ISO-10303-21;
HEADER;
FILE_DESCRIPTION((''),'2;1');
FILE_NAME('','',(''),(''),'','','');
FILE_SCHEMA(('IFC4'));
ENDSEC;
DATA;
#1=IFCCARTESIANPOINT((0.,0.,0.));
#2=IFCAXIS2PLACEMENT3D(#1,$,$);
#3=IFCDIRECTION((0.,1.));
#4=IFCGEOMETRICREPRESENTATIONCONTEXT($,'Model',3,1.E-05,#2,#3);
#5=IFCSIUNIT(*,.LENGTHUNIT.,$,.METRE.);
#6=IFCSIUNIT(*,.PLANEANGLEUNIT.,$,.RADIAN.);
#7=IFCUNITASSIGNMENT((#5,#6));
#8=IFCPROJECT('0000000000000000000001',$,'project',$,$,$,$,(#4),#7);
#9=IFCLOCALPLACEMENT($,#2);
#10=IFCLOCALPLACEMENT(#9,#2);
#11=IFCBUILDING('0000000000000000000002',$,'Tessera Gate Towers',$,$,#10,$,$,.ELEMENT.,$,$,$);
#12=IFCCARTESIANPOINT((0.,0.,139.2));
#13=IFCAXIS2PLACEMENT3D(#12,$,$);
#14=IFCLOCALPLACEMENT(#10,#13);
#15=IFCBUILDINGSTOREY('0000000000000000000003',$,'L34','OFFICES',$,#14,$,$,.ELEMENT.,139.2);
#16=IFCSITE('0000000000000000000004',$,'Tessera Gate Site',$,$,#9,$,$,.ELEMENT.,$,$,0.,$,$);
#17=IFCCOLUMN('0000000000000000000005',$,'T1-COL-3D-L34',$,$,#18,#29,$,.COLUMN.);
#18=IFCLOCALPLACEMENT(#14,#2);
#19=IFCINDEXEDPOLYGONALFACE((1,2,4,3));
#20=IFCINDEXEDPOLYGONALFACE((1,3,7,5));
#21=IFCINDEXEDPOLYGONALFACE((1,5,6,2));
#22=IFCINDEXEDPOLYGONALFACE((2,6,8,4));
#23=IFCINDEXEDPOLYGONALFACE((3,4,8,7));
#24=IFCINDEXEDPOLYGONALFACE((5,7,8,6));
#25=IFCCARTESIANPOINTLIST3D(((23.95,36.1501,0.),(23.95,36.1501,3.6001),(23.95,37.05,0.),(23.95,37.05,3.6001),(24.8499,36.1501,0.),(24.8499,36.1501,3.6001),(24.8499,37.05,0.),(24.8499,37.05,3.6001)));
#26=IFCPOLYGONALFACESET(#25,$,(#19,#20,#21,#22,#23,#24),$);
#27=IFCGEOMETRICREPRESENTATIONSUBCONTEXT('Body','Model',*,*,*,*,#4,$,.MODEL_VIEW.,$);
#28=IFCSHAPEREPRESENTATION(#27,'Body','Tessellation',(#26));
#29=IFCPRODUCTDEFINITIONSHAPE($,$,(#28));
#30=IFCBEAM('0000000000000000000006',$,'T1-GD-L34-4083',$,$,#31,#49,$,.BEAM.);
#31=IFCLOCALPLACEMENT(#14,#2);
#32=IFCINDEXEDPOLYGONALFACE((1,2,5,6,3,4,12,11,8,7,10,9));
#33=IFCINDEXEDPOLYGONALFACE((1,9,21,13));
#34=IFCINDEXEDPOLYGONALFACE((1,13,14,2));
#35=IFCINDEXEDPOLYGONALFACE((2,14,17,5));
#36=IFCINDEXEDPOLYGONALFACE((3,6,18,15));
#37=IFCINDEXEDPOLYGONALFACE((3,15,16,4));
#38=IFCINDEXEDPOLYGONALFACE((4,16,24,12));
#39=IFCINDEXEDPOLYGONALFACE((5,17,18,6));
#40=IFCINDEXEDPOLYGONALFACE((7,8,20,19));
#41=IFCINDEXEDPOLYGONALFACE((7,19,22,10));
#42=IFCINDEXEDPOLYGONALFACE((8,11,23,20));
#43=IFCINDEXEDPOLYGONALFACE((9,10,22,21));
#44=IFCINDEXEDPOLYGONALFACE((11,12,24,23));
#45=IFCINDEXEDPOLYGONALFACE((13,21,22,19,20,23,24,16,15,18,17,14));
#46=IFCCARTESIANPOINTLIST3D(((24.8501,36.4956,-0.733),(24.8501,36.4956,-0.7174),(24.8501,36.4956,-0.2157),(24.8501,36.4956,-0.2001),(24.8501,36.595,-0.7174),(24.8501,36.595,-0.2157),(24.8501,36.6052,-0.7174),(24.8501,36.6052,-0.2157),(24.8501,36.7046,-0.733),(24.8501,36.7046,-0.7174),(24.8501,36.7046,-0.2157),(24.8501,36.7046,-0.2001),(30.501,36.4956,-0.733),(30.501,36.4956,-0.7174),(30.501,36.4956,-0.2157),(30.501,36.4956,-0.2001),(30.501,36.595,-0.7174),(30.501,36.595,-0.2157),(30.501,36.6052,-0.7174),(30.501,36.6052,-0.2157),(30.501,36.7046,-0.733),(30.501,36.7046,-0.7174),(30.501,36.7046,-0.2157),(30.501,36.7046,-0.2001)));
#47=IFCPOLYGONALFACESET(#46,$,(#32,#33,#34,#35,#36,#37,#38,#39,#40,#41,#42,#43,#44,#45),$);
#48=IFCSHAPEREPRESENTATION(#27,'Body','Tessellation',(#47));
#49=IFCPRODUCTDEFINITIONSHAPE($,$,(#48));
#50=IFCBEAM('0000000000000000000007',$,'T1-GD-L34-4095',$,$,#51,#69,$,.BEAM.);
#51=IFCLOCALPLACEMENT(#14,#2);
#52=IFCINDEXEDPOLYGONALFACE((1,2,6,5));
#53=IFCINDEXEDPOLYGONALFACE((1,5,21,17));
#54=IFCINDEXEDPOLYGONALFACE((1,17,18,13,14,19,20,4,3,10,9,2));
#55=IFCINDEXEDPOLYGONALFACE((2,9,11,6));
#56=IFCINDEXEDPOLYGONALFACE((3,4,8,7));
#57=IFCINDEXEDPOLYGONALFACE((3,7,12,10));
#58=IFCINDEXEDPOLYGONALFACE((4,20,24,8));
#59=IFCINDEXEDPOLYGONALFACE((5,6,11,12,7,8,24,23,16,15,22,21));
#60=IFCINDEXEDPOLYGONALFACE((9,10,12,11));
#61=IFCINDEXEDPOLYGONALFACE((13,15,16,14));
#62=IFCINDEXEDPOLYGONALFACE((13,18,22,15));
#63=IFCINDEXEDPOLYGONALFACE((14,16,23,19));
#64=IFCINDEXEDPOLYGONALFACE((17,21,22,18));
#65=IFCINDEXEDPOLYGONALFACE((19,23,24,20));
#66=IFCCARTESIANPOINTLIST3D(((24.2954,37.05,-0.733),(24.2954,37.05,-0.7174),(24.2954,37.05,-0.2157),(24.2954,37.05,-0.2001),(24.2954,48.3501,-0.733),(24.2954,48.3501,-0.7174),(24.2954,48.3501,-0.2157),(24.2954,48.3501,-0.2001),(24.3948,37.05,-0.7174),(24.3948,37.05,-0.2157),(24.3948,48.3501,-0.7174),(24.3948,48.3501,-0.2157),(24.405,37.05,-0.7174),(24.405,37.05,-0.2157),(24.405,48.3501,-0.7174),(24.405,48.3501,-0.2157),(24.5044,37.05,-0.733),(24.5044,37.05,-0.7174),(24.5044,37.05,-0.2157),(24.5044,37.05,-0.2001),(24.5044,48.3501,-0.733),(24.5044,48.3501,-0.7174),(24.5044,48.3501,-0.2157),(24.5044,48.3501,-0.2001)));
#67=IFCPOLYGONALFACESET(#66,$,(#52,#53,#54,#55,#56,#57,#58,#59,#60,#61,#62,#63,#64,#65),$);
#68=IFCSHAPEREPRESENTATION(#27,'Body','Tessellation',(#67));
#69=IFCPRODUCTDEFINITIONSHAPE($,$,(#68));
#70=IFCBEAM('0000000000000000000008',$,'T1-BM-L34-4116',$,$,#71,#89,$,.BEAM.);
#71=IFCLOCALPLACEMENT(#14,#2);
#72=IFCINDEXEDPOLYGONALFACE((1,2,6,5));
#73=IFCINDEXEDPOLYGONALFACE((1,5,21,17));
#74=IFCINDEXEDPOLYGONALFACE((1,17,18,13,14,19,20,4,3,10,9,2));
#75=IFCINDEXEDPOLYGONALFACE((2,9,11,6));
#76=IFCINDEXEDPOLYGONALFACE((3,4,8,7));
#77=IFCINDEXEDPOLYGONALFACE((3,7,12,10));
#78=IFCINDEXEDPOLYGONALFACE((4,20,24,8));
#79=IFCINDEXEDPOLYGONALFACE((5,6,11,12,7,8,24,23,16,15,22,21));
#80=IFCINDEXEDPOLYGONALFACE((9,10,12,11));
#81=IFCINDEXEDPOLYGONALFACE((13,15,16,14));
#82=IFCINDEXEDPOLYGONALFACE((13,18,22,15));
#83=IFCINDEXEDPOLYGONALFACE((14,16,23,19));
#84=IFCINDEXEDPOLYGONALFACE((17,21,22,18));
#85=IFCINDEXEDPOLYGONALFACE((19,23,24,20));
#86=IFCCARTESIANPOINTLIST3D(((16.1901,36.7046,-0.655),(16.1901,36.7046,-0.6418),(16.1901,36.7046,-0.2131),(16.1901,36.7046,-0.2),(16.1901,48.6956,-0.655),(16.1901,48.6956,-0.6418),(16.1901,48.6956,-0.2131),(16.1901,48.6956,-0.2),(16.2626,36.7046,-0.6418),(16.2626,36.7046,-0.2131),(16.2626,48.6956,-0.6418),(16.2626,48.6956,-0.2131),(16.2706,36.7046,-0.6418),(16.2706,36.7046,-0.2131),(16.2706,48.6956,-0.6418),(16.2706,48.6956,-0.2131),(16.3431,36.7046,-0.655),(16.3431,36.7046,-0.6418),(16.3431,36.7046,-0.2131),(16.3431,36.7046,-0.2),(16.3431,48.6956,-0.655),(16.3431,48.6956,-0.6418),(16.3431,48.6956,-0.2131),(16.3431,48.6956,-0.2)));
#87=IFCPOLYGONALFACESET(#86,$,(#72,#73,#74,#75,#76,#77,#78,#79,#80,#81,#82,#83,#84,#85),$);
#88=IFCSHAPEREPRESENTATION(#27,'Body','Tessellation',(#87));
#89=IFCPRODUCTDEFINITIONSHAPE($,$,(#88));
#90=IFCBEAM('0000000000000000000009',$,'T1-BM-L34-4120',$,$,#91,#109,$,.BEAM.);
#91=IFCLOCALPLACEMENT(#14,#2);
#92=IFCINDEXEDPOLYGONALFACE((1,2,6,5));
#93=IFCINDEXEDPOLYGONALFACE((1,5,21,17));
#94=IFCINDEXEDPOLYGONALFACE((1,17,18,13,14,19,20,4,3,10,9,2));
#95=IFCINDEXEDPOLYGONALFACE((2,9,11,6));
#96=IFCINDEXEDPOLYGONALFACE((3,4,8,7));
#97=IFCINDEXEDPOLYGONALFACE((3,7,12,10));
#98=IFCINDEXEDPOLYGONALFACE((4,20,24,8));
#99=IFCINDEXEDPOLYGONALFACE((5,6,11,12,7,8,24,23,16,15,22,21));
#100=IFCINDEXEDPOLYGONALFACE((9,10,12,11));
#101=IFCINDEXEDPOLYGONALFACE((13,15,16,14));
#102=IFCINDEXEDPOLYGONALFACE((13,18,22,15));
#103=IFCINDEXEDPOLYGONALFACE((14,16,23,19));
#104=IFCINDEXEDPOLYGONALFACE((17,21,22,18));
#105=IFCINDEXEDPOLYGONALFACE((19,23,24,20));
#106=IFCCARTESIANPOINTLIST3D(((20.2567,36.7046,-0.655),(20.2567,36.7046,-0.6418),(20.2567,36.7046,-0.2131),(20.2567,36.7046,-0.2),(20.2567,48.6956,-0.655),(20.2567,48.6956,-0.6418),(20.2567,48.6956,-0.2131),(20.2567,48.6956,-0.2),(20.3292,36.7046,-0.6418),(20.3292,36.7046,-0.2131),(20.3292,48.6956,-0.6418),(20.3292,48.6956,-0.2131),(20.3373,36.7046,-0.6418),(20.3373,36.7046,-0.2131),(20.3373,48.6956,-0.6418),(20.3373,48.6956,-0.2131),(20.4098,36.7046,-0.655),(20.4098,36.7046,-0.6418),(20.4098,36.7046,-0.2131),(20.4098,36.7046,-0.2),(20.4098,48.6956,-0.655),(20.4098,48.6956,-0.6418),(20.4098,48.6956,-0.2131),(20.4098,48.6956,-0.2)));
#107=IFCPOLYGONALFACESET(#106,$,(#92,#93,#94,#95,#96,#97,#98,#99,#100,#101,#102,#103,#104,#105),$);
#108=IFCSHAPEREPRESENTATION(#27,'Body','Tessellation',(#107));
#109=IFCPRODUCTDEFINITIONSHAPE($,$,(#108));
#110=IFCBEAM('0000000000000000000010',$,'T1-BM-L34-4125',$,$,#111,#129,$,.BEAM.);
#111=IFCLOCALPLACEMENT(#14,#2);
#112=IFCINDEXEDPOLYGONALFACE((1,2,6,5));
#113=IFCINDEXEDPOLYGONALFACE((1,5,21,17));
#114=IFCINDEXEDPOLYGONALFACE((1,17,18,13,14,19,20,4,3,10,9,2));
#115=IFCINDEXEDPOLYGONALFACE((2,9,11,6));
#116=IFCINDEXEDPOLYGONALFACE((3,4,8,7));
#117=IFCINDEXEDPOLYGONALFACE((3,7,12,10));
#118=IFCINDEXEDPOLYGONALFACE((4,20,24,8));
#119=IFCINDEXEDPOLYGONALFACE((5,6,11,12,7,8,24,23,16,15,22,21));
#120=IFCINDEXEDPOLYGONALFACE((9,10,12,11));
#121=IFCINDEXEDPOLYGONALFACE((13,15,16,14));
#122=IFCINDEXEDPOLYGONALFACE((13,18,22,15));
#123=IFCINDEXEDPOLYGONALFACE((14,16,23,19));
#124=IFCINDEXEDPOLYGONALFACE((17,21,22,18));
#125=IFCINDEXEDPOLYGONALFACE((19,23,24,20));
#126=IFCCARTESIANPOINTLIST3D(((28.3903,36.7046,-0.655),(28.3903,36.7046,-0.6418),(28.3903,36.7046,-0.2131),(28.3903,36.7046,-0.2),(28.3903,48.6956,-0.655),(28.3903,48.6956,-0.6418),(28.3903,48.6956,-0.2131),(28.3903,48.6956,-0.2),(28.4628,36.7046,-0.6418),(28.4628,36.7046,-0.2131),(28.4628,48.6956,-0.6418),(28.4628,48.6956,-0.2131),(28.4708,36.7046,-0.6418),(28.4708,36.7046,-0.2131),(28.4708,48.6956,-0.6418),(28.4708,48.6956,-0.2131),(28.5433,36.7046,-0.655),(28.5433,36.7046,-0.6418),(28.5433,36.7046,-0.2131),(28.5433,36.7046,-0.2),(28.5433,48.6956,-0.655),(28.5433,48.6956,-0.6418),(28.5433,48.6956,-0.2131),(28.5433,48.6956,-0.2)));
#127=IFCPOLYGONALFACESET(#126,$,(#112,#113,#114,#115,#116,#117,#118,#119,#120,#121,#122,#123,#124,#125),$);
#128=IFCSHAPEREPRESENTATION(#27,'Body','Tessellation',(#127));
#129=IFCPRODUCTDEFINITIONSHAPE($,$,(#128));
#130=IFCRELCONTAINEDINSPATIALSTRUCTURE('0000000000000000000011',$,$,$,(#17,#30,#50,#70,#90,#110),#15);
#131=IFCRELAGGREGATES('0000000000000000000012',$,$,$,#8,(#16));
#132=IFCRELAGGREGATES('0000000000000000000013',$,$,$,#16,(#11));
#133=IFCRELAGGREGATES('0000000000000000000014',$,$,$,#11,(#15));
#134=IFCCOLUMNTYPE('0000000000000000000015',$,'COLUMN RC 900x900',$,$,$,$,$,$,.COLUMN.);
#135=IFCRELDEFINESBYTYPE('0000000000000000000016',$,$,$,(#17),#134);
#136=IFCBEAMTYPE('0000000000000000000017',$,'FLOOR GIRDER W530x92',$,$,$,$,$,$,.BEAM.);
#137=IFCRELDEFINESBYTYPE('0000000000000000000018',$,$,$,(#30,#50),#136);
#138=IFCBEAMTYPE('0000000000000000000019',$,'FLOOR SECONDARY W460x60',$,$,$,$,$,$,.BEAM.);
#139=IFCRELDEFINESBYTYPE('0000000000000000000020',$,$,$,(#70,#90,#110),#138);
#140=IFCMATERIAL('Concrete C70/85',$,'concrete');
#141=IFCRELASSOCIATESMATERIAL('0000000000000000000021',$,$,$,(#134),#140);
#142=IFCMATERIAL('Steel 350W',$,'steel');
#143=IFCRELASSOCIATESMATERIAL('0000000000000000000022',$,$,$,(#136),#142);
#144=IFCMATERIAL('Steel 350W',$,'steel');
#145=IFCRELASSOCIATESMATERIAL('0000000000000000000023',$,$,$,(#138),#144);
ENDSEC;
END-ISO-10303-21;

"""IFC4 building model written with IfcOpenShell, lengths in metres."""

from ifc_helpers import new_model, si_unit, direction, frame, origin, origin_2d, place, context, subcontext, project, spatial, rectangle, i_section, extrude, material, material_profile, profile_set, type_object, element, save


model = new_model("IFC4")

# Units and contexts
model_context = context("Model", 3, precision=1e-05, world=origin(), true_north=direction((0.0, 1.0)))
body_context = subcontext(model_context, "Body", "Model", "MODEL_VIEW")
ifc_project = project(units=[si_unit("LENGTHUNIT", "METRE"), si_unit("PLANEANGLEUNIT", "RADIAN")], contexts=[model_context])

# Site, building, storey
site_placement = place(None, origin())
site = spatial("IfcSite", under=ifc_project, at=site_placement, Name="Tessera Gate Site", CompositionType="ELEMENT", RefElevation=0.0)
building_placement = place(site_placement, origin())
building = spatial("IfcBuilding", under=site, at=building_placement, Name="Tessera Gate Towers", CompositionType="ELEMENT")
storey_placement = place(building_placement, frame((0.0, 0.0, 139.2)))
storey = spatial("IfcBuildingStorey", under=building, at=storey_placement, Name="L34", Description="OFFICES", CompositionType="ELEMENT", Elevation=139.2)

# Column
ifc_material_1 = material(Name="Concrete C70/85", Category="concrete")
ifc_material_profile_1 = material_profile(ifc_material_1, rectangle(XDim=0.8999, YDim=0.8999, at=origin_2d()), Name="RC 900x900")
ifc_profile_set_1 = profile_set([ifc_material_profile_1], Name="Concrete C70/85")
column_type = type_object("IfcColumnType", Name="COLUMN RC 900x900", PredefinedType="COLUMN", material=ifc_profile_set_1)
column_placement = place(storey_placement, frame((24.3999, 36.6001, 0.0), z_axis=(0.0, 0.0, 1.0), x_axis=(1.0, 0.0, 0.0)))
element("IfcColumn", 1, at=column_placement, inside=storey, type_object=column_type, Name="T1-COL-3D-L34", PredefinedType="COLUMN", context=body_context, shape_type="SweptSolid", body=[
    extrude(rectangle(XDim=0.8999, YDim=0.8999, at=origin_2d()), origin(), (0.0, 0.0, 1.0), 3.6001),
])

# Beams
ifc_material_2 = material(Name="Steel 350W", Category="steel")
ifc_material_profile_2 = material_profile(ifc_material_2, i_section(OverallWidth=0.209, OverallDepth=0.533, WebThickness=0.0103, FlangeThickness=0.0156, at=origin_2d()), Name="W530x92")
ifc_profile_set_2 = profile_set([ifc_material_profile_2], Name="Steel 350W")
beam_type_1 = type_object("IfcBeamType", Name="FLOOR GIRDER W530x92", PredefinedType="BEAM", material=ifc_profile_set_2)
beam_1_placement = place(storey_placement, frame((24.8501, 36.6001, -0.4666), z_axis=(1.0, 0.0, 0.0), x_axis=(0.0, 1.0, 0.0)))
element("IfcBeam", 2, at=beam_1_placement, inside=storey, type_object=beam_type_1, Name="T1-GD-L34-4083", PredefinedType="BEAM", context=body_context, shape_type="SweptSolid", body=[
    extrude(i_section(OverallWidth=0.209, OverallDepth=0.533, WebThickness=0.0103, FlangeThickness=0.0156, at=origin_2d()), origin(), (0.0, 0.0, 1.0), 5.6509),
])
beam_2_placement = place(storey_placement, frame((24.3999, 37.05, -0.4666), z_axis=(0.0, 1.0, 0.0), x_axis=(-1.0, 0.0, 0.0)))
element("IfcBeam", 3, at=beam_2_placement, inside=storey, type_object=beam_type_1, Name="T1-GD-L34-4095", PredefinedType="BEAM", context=body_context, shape_type="SweptSolid", body=[
    extrude(i_section(OverallWidth=0.209, OverallDepth=0.533, WebThickness=0.0103, FlangeThickness=0.0156, at=origin_2d()), origin(), (0.0, 0.0, 1.0), 11.3),
])
ifc_material_3 = material(Name="Steel 350W", Category="steel")
ifc_material_profile_3 = material_profile(ifc_material_3, i_section(OverallWidth=0.1531, OverallDepth=0.4551, WebThickness=0.0081, FlangeThickness=0.0132, at=origin_2d()), Name="W460x60")
ifc_profile_set_3 = profile_set([ifc_material_profile_3], Name="Steel 350W")
beam_type_2 = type_object("IfcBeamType", Name="FLOOR SECONDARY W460x60", PredefinedType="BEAM", material=ifc_profile_set_3)
for number, where, z_axis, x_axis, name in (
    (4, (16.2666, 36.7046, -0.4275), (0.0, 1.0, 0.0), (-1.0, 0.0, 0.0), "T1-BM-L34-4116"),
    (5, (20.3333, 36.7046, -0.4275), (0.0, 1.0, 0.0), (-1.0, 0.0, 0.0), "T1-BM-L34-4120"),
    (6, (28.4668, 36.7046, -0.4275), (0.0, 1.0, 0.0), (-1.0, 0.0, 0.0), "T1-BM-L34-4125"),
):
    element("IfcBeam", number, at=place(storey_placement, frame(where, z_axis=z_axis, x_axis=x_axis)), inside=storey, type_object=beam_type_2, Name=name, PredefinedType="BEAM", context=body_context, shape_type="SweptSolid", body=[
        extrude(i_section(OverallWidth=0.1531, OverallDepth=0.4551, WebThickness=0.0081, FlangeThickness=0.0132, at=origin_2d()), origin(), (0.0, 0.0, 1.0), 11.991),
    ])

save(model, "model.ifc")
